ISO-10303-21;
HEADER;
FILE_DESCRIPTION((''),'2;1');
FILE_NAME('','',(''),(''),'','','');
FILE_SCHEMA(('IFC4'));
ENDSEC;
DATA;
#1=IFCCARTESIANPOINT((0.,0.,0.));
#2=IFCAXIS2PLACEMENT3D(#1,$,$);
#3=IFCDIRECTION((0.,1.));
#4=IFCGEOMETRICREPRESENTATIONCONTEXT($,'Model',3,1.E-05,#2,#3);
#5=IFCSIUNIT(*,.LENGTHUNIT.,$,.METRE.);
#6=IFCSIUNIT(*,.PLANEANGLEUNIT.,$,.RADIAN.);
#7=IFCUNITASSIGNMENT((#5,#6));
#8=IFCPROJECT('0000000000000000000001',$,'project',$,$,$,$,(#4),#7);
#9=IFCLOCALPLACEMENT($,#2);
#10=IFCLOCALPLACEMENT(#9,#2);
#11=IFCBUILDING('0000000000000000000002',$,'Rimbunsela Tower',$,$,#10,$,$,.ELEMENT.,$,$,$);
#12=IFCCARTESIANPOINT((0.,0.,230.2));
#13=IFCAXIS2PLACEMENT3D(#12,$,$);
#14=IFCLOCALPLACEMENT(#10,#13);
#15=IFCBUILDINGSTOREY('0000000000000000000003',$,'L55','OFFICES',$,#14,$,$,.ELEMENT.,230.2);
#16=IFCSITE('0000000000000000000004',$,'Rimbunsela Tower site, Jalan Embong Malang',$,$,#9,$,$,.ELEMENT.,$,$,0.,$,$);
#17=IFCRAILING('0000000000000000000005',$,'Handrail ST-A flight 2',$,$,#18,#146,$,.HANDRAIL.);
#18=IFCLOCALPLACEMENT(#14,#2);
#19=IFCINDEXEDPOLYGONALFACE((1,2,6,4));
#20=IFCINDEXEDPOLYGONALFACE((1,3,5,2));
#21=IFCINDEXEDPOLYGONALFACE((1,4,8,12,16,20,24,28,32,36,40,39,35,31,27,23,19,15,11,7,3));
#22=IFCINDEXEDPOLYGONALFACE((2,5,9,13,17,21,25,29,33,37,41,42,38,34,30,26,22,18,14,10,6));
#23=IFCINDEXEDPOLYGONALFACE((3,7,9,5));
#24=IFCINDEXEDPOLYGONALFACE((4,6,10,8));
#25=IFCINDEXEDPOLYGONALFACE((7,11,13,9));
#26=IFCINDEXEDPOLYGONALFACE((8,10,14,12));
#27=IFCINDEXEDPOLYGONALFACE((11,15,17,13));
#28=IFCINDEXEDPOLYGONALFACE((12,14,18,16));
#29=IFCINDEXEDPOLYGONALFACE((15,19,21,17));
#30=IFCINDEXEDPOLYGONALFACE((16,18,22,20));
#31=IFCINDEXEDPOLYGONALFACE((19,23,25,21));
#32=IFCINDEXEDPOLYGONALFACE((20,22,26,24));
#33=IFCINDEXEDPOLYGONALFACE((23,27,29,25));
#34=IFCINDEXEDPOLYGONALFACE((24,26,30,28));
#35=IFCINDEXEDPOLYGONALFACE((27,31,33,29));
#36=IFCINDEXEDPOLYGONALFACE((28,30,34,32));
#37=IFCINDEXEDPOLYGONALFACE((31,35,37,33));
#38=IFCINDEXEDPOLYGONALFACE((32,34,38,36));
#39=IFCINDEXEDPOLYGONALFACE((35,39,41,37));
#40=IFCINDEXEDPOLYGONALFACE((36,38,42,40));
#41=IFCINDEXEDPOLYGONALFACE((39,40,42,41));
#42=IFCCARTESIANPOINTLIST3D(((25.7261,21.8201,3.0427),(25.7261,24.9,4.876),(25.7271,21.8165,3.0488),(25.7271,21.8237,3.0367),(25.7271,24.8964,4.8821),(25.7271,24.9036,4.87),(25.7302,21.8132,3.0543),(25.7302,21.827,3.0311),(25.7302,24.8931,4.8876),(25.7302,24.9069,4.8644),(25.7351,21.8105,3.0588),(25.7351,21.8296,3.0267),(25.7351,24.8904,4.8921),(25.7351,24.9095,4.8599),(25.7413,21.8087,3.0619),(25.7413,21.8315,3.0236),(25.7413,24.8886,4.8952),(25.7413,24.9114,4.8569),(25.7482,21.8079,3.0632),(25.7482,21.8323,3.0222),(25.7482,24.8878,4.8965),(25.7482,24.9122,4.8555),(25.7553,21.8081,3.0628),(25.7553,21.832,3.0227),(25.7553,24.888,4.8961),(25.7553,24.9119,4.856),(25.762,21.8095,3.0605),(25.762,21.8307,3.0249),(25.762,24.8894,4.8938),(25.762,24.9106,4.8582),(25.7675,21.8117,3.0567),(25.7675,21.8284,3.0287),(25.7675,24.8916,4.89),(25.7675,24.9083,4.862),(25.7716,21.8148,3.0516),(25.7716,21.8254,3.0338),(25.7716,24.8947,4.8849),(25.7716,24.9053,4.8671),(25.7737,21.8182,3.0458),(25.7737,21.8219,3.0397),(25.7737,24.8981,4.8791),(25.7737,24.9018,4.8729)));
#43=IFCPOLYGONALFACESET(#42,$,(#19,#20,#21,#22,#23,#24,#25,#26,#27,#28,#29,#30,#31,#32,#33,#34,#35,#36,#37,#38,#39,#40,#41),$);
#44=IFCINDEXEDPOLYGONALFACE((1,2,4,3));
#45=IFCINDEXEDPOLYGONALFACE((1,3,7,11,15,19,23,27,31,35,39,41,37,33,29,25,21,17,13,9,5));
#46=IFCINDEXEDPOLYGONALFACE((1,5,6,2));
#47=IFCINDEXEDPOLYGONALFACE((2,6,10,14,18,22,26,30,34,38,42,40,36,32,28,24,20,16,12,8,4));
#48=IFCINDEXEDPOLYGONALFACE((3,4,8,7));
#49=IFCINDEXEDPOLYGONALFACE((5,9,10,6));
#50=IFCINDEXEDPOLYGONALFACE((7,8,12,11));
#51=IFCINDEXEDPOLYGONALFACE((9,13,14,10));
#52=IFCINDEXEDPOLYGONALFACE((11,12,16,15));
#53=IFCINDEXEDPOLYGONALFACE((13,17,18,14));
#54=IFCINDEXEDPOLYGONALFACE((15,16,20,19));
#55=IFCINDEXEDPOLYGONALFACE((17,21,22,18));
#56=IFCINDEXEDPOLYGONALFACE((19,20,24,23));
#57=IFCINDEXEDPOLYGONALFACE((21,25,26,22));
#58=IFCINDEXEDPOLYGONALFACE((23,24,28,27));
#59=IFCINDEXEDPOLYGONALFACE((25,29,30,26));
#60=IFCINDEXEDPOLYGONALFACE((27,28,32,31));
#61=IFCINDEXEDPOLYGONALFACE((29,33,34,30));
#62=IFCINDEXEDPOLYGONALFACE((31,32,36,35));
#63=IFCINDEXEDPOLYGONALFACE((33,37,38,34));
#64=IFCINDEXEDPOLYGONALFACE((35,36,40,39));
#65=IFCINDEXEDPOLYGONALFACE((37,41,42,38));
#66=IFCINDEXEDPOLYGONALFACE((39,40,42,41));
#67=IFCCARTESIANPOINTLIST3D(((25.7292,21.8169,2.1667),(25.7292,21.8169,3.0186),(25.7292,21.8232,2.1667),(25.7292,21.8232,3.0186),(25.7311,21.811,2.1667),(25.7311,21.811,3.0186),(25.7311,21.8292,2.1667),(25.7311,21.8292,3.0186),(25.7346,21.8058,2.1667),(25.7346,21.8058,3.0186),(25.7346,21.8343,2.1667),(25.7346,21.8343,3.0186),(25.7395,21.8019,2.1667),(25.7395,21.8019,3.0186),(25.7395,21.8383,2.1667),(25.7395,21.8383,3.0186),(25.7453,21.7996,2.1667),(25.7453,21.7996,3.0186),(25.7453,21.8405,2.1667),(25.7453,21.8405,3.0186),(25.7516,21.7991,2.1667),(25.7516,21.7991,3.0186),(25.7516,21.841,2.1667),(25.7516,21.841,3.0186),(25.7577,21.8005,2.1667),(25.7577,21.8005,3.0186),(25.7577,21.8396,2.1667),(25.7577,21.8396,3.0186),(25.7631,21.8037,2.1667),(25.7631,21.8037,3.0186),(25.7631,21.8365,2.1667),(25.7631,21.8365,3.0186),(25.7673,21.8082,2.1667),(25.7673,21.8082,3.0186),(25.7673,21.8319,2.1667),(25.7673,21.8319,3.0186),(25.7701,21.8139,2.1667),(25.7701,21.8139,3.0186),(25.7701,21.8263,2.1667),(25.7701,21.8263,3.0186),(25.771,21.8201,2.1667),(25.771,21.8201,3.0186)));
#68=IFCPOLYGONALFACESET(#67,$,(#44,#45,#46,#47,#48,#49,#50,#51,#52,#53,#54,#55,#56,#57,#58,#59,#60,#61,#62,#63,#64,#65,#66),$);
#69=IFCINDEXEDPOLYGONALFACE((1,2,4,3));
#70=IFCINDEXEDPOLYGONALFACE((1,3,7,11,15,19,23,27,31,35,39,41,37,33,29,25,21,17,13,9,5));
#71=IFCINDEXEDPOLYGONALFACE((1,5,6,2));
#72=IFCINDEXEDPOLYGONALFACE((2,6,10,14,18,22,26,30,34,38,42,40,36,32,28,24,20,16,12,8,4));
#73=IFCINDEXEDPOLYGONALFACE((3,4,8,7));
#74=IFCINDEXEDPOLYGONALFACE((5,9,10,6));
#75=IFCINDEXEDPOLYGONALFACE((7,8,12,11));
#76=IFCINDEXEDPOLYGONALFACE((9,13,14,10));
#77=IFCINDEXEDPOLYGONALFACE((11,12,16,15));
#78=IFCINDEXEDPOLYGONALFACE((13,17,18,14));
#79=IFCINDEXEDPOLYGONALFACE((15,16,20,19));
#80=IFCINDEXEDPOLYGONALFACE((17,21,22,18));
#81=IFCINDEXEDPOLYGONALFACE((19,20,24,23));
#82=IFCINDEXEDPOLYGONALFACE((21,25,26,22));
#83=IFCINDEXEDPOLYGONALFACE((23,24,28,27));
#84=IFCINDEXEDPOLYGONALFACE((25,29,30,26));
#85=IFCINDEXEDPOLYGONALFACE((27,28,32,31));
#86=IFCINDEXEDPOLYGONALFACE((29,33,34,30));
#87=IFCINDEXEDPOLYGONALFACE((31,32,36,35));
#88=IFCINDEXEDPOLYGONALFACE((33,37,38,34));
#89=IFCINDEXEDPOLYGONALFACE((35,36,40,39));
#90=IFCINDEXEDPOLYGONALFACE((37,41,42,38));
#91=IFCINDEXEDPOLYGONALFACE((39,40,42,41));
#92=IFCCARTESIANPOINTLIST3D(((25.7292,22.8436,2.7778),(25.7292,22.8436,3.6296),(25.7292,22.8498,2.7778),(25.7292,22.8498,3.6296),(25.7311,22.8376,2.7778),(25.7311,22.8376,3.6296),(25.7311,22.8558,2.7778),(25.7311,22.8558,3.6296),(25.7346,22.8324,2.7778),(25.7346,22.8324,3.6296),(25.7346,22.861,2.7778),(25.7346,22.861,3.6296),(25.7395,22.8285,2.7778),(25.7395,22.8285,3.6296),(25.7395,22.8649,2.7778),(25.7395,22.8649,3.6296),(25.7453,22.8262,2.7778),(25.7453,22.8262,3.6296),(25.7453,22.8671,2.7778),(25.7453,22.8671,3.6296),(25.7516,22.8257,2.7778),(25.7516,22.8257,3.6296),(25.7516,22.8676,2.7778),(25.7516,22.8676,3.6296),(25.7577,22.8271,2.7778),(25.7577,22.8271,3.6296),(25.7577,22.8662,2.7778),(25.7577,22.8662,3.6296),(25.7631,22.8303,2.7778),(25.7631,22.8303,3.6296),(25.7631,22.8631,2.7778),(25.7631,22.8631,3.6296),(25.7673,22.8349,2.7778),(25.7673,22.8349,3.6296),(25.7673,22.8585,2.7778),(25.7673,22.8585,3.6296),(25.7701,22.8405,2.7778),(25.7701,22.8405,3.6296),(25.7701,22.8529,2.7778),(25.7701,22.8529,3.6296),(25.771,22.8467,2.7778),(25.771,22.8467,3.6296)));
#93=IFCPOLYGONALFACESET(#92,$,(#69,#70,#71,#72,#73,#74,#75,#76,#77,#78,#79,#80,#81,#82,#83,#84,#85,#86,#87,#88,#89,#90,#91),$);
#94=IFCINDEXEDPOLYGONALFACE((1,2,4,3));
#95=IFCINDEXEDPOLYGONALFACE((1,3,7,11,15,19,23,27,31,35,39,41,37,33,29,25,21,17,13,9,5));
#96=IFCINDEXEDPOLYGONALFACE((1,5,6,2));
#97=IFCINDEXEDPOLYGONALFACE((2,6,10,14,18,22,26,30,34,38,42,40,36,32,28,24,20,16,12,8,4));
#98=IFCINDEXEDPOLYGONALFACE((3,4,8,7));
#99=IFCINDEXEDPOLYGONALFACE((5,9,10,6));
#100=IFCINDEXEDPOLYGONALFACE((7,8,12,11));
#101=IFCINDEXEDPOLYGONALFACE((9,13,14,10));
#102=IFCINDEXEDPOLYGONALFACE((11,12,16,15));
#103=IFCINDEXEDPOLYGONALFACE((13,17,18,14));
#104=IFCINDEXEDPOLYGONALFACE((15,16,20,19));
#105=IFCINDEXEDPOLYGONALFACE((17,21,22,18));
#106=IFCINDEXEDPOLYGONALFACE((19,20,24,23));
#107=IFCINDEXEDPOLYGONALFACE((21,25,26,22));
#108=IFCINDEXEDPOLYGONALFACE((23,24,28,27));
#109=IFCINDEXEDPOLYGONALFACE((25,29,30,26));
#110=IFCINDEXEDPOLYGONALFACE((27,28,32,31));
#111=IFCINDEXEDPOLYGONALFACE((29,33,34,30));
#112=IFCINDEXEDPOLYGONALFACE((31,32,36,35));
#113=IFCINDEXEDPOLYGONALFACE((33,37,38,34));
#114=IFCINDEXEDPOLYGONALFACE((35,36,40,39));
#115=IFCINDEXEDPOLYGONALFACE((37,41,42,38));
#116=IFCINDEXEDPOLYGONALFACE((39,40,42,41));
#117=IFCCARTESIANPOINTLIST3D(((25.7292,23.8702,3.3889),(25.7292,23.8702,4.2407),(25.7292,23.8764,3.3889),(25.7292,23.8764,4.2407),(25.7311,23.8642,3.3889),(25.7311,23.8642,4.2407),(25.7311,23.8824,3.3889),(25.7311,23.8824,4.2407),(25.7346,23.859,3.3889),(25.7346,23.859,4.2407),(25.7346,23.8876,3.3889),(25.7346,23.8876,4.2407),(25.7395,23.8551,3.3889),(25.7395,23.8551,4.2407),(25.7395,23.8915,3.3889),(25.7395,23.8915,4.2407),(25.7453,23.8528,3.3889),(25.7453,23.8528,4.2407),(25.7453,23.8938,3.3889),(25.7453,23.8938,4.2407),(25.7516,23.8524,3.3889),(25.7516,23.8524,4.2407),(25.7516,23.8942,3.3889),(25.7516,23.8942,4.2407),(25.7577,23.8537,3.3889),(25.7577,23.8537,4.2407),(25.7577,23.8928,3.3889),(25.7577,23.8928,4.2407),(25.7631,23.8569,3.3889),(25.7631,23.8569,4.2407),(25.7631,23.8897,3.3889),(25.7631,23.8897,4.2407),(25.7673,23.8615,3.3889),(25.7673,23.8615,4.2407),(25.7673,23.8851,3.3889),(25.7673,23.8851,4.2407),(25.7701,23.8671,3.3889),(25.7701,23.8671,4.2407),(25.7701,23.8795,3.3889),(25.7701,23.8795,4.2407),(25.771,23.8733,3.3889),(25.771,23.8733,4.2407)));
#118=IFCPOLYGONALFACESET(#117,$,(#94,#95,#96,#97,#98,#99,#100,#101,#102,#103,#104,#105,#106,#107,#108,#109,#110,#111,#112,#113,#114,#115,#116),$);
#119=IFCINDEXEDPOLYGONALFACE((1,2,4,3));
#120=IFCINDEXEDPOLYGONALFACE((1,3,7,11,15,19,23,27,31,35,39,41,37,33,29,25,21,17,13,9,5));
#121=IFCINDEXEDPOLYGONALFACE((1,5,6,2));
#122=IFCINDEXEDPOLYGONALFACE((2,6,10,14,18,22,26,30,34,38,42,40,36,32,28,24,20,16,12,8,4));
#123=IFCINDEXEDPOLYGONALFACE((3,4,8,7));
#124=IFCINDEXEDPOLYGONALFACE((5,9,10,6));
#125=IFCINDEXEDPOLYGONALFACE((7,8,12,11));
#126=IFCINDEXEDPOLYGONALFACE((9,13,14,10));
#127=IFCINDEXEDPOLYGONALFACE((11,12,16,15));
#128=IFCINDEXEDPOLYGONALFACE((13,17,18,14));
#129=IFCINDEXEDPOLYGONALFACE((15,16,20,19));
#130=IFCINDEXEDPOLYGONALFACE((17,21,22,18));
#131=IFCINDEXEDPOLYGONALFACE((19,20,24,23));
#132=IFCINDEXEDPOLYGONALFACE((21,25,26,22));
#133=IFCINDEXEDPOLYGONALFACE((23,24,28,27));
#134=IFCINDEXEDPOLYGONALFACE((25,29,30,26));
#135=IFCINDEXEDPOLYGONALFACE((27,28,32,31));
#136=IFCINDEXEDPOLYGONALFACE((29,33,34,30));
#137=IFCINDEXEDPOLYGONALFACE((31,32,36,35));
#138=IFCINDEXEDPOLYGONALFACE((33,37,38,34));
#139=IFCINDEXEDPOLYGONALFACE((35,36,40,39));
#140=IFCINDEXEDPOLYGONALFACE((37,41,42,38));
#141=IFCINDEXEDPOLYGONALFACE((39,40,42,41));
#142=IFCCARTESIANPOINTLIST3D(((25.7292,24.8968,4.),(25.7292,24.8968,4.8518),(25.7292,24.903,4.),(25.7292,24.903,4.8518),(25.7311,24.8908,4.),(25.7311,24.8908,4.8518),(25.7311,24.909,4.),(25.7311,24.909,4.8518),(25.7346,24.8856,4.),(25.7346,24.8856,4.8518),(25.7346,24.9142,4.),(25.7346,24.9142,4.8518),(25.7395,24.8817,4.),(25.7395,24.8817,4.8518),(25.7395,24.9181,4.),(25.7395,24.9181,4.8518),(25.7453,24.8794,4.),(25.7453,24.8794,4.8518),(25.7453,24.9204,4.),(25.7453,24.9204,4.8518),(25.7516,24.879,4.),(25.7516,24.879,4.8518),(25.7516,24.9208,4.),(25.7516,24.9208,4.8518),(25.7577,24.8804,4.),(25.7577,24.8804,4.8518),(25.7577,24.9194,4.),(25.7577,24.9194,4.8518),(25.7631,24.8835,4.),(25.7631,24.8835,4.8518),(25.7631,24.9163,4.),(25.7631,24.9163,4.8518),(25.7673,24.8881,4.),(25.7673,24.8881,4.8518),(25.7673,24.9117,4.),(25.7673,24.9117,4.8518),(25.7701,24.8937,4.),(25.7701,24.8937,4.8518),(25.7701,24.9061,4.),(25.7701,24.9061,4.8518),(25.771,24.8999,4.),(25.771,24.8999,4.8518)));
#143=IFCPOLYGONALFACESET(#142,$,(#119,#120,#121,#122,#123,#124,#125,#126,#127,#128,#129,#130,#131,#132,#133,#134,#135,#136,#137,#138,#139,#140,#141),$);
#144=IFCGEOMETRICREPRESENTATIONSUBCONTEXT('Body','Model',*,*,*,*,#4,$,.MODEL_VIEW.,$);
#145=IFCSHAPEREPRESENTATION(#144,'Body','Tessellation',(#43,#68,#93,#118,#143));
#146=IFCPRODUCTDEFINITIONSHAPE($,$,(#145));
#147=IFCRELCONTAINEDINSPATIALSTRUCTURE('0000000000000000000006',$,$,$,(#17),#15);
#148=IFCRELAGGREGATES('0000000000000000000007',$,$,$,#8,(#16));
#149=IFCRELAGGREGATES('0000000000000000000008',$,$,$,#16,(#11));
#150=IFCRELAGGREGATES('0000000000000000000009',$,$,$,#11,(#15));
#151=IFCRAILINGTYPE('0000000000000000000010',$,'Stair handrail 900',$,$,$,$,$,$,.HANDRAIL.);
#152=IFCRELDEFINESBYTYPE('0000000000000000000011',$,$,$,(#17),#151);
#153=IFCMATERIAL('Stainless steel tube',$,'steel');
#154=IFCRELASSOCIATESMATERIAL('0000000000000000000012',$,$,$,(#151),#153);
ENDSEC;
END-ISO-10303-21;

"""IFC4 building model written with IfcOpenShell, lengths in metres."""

from ifc_helpers import new_model, si_unit, direction, frame, origin, origin_2d, place, context, subcontext, project, spatial, circle, extrude, material, type_object, element, save


model = new_model("IFC4")

# Units and contexts
model_context = context("Model", 3, precision=1e-05, world=origin(), true_north=direction((0.0, 1.0)))
body_context = subcontext(model_context, "Body", "Model", "MODEL_VIEW")
ifc_project = project(units=[si_unit("LENGTHUNIT", "METRE"), si_unit("PLANEANGLEUNIT", "RADIAN")], contexts=[model_context])

# Site, building, storey
site_placement = place(None, origin())
site = spatial("IfcSite", under=ifc_project, at=site_placement, Name="Rimbunsela Tower site, Jalan Embong Malang", CompositionType="ELEMENT", RefElevation=0.0)
building_placement = place(site_placement, origin())
building = spatial("IfcBuilding", under=site, at=building_placement, Name="Rimbunsela Tower", CompositionType="ELEMENT")
storey_placement = place(building_placement, frame((0.0, 0.0, 230.2)))
storey = spatial("IfcBuildingStorey", under=building, at=storey_placement, Name="L55", Description="OFFICES", CompositionType="ELEMENT", Elevation=230.2)

# Railing
ifc_material_1 = material(Name="Stainless steel tube", Category="steel")
railing_type = type_object("IfcRailingType", Name="Stair handrail 900", PredefinedType="HANDRAIL", material=ifc_material_1)
railing_placement = place(storey_placement, frame((25.75, 21.8201, 2.1667)))
element("IfcRailing", 1, at=railing_placement, inside=storey, type_object=railing_type, Name="Handrail ST-A flight 2", PredefinedType="HANDRAIL", context=body_context, shape_type="SweptSolid", body=[
    extrude(circle(Radius=0.0239, at=origin_2d()), frame((0.0, 0.0, 0.876), z_axis=(0.0, 0.859291, 0.511487), x_axis=(-1.0, 0.0, 0.0)), (0.0, 0.0, 1.0), 3.5842),
    extrude(circle(Radius=0.021, at=origin_2d()), origin(), (0.0, 0.0, 1.0), 0.8518),
    extrude(circle(Radius=0.021, at=origin_2d()), frame((0.0, 1.0266, 0.6111)), (0.0, 0.0, 1.0), 0.8518),
    extrude(circle(Radius=0.021, at=origin_2d()), frame((0.0, 2.0532, 1.2222)), (0.0, 0.0, 1.0), 0.8518),
    extrude(circle(Radius=0.021, at=origin_2d()), frame((0.0, 3.0798, 1.8333)), (0.0, 0.0, 1.0), 0.8518),
])

save(model, "model.ifc")
